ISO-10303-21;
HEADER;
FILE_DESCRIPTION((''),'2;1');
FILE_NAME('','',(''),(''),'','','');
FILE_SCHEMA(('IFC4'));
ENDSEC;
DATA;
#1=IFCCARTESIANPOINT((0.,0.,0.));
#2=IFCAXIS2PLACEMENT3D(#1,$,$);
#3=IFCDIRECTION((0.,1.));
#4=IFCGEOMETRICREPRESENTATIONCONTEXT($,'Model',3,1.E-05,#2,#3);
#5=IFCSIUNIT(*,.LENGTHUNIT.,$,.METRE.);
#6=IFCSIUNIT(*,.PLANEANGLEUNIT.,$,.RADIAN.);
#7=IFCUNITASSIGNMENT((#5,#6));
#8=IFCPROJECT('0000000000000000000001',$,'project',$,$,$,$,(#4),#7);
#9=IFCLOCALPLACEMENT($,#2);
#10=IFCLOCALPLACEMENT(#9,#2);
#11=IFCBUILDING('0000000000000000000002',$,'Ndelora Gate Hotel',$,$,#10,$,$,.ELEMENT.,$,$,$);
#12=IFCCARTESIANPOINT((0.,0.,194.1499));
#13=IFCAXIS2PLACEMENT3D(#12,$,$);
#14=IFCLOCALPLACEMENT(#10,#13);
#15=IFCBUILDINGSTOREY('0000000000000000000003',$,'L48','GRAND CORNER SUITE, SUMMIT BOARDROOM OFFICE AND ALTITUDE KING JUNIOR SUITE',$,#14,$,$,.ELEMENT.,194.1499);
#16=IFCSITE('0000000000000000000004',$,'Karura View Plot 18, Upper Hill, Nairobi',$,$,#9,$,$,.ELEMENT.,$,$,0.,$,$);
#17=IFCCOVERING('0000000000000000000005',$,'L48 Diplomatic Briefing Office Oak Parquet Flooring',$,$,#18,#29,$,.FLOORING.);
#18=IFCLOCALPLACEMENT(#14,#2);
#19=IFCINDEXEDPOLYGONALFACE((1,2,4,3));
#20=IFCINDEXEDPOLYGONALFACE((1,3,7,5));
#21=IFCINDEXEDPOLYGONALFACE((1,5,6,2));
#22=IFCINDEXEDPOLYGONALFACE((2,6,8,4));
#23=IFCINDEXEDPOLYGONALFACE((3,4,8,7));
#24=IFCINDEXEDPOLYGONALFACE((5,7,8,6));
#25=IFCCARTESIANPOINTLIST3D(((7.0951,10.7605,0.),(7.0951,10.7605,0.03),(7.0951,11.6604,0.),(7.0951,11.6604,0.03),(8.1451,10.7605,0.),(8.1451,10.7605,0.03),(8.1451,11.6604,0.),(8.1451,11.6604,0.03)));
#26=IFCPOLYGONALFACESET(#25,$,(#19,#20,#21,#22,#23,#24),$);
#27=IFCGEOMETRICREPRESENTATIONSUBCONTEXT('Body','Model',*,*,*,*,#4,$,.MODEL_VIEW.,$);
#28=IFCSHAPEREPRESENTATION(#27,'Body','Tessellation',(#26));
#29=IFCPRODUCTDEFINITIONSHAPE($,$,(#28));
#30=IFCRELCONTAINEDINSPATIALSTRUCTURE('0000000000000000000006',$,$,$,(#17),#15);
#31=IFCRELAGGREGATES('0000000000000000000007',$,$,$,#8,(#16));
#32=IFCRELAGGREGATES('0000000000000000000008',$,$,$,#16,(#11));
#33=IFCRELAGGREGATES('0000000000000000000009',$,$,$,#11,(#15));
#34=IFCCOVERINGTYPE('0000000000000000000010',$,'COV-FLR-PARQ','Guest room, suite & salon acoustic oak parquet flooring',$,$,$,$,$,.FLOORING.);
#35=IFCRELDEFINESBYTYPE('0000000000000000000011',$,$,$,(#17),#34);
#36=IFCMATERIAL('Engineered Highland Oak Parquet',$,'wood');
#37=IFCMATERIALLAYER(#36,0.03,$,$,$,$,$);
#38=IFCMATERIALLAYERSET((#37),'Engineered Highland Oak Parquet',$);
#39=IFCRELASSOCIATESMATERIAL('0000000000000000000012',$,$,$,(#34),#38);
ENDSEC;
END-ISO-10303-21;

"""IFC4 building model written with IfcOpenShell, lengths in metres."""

from ifc_helpers import new_model, si_unit, direction, frame, origin, origin_2d, place, context, subcontext, project, spatial, rectangle, extrude, material, layer, layer_set, type_object, element, save


model = new_model("IFC4")

# Units and contexts
model_context = context("Model", 3, precision=1e-05, world=origin(), true_north=direction((0.0, 1.0)))
body_context = subcontext(model_context, "Body", "Model", "MODEL_VIEW")
ifc_project = project(units=[si_unit("LENGTHUNIT", "METRE"), si_unit("PLANEANGLEUNIT", "RADIAN")], contexts=[model_context])

# Site, building, storey
site_placement = place(None, origin())
site = spatial("IfcSite", under=ifc_project, at=site_placement, Name="Karura View Plot 18, Upper Hill, Nairobi", CompositionType="ELEMENT", RefElevation=0.0)
building_placement = place(site_placement, origin())
building = spatial("IfcBuilding", under=site, at=building_placement, Name="Ndelora Gate Hotel", CompositionType="ELEMENT")
storey_placement = place(building_placement, frame((0.0, 0.0, 194.1499)))
storey = spatial("IfcBuildingStorey", under=building, at=storey_placement, Name="L48", Description="GRAND CORNER SUITE, SUMMIT BOARDROOM OFFICE AND ALTITUDE KING JUNIOR SUITE", CompositionType="ELEMENT", Elevation=194.1499)

# Covering
ifc_material_1 = material(Name="Engineered Highland Oak Parquet", Category="wood")
ifc_layer_1 = layer(ifc_material_1, 0.03)
ifc_layer_set_1 = layer_set([ifc_layer_1], Name="Engineered Highland Oak Parquet")
covering_type_1 = type_object("IfcCoveringType", Name="COV-FLR-PARQ", Description="Guest room, suite & salon acoustic oak parquet flooring", PredefinedType="FLOORING", material=ifc_layer_set_1)
covering_1_placement = place(storey_placement, frame((7.6201, 11.2104, 0.0), z_axis=(0.0, 0.0, 1.0), x_axis=(1.0, 0.0, 0.0)))
element("IfcCovering", 1, at=covering_1_placement, inside=storey, type_object=covering_type_1, Name="L48 Diplomatic Briefing Office Oak Parquet Flooring", PredefinedType="FLOORING", context=body_context, shape_type="SweptSolid", body=[
    extrude(rectangle(XDim=1.05, YDim=0.8999, at=origin_2d()), origin(), (0.0, 0.0, 1.0), 0.03),
])

save(model, "model.ifc")
